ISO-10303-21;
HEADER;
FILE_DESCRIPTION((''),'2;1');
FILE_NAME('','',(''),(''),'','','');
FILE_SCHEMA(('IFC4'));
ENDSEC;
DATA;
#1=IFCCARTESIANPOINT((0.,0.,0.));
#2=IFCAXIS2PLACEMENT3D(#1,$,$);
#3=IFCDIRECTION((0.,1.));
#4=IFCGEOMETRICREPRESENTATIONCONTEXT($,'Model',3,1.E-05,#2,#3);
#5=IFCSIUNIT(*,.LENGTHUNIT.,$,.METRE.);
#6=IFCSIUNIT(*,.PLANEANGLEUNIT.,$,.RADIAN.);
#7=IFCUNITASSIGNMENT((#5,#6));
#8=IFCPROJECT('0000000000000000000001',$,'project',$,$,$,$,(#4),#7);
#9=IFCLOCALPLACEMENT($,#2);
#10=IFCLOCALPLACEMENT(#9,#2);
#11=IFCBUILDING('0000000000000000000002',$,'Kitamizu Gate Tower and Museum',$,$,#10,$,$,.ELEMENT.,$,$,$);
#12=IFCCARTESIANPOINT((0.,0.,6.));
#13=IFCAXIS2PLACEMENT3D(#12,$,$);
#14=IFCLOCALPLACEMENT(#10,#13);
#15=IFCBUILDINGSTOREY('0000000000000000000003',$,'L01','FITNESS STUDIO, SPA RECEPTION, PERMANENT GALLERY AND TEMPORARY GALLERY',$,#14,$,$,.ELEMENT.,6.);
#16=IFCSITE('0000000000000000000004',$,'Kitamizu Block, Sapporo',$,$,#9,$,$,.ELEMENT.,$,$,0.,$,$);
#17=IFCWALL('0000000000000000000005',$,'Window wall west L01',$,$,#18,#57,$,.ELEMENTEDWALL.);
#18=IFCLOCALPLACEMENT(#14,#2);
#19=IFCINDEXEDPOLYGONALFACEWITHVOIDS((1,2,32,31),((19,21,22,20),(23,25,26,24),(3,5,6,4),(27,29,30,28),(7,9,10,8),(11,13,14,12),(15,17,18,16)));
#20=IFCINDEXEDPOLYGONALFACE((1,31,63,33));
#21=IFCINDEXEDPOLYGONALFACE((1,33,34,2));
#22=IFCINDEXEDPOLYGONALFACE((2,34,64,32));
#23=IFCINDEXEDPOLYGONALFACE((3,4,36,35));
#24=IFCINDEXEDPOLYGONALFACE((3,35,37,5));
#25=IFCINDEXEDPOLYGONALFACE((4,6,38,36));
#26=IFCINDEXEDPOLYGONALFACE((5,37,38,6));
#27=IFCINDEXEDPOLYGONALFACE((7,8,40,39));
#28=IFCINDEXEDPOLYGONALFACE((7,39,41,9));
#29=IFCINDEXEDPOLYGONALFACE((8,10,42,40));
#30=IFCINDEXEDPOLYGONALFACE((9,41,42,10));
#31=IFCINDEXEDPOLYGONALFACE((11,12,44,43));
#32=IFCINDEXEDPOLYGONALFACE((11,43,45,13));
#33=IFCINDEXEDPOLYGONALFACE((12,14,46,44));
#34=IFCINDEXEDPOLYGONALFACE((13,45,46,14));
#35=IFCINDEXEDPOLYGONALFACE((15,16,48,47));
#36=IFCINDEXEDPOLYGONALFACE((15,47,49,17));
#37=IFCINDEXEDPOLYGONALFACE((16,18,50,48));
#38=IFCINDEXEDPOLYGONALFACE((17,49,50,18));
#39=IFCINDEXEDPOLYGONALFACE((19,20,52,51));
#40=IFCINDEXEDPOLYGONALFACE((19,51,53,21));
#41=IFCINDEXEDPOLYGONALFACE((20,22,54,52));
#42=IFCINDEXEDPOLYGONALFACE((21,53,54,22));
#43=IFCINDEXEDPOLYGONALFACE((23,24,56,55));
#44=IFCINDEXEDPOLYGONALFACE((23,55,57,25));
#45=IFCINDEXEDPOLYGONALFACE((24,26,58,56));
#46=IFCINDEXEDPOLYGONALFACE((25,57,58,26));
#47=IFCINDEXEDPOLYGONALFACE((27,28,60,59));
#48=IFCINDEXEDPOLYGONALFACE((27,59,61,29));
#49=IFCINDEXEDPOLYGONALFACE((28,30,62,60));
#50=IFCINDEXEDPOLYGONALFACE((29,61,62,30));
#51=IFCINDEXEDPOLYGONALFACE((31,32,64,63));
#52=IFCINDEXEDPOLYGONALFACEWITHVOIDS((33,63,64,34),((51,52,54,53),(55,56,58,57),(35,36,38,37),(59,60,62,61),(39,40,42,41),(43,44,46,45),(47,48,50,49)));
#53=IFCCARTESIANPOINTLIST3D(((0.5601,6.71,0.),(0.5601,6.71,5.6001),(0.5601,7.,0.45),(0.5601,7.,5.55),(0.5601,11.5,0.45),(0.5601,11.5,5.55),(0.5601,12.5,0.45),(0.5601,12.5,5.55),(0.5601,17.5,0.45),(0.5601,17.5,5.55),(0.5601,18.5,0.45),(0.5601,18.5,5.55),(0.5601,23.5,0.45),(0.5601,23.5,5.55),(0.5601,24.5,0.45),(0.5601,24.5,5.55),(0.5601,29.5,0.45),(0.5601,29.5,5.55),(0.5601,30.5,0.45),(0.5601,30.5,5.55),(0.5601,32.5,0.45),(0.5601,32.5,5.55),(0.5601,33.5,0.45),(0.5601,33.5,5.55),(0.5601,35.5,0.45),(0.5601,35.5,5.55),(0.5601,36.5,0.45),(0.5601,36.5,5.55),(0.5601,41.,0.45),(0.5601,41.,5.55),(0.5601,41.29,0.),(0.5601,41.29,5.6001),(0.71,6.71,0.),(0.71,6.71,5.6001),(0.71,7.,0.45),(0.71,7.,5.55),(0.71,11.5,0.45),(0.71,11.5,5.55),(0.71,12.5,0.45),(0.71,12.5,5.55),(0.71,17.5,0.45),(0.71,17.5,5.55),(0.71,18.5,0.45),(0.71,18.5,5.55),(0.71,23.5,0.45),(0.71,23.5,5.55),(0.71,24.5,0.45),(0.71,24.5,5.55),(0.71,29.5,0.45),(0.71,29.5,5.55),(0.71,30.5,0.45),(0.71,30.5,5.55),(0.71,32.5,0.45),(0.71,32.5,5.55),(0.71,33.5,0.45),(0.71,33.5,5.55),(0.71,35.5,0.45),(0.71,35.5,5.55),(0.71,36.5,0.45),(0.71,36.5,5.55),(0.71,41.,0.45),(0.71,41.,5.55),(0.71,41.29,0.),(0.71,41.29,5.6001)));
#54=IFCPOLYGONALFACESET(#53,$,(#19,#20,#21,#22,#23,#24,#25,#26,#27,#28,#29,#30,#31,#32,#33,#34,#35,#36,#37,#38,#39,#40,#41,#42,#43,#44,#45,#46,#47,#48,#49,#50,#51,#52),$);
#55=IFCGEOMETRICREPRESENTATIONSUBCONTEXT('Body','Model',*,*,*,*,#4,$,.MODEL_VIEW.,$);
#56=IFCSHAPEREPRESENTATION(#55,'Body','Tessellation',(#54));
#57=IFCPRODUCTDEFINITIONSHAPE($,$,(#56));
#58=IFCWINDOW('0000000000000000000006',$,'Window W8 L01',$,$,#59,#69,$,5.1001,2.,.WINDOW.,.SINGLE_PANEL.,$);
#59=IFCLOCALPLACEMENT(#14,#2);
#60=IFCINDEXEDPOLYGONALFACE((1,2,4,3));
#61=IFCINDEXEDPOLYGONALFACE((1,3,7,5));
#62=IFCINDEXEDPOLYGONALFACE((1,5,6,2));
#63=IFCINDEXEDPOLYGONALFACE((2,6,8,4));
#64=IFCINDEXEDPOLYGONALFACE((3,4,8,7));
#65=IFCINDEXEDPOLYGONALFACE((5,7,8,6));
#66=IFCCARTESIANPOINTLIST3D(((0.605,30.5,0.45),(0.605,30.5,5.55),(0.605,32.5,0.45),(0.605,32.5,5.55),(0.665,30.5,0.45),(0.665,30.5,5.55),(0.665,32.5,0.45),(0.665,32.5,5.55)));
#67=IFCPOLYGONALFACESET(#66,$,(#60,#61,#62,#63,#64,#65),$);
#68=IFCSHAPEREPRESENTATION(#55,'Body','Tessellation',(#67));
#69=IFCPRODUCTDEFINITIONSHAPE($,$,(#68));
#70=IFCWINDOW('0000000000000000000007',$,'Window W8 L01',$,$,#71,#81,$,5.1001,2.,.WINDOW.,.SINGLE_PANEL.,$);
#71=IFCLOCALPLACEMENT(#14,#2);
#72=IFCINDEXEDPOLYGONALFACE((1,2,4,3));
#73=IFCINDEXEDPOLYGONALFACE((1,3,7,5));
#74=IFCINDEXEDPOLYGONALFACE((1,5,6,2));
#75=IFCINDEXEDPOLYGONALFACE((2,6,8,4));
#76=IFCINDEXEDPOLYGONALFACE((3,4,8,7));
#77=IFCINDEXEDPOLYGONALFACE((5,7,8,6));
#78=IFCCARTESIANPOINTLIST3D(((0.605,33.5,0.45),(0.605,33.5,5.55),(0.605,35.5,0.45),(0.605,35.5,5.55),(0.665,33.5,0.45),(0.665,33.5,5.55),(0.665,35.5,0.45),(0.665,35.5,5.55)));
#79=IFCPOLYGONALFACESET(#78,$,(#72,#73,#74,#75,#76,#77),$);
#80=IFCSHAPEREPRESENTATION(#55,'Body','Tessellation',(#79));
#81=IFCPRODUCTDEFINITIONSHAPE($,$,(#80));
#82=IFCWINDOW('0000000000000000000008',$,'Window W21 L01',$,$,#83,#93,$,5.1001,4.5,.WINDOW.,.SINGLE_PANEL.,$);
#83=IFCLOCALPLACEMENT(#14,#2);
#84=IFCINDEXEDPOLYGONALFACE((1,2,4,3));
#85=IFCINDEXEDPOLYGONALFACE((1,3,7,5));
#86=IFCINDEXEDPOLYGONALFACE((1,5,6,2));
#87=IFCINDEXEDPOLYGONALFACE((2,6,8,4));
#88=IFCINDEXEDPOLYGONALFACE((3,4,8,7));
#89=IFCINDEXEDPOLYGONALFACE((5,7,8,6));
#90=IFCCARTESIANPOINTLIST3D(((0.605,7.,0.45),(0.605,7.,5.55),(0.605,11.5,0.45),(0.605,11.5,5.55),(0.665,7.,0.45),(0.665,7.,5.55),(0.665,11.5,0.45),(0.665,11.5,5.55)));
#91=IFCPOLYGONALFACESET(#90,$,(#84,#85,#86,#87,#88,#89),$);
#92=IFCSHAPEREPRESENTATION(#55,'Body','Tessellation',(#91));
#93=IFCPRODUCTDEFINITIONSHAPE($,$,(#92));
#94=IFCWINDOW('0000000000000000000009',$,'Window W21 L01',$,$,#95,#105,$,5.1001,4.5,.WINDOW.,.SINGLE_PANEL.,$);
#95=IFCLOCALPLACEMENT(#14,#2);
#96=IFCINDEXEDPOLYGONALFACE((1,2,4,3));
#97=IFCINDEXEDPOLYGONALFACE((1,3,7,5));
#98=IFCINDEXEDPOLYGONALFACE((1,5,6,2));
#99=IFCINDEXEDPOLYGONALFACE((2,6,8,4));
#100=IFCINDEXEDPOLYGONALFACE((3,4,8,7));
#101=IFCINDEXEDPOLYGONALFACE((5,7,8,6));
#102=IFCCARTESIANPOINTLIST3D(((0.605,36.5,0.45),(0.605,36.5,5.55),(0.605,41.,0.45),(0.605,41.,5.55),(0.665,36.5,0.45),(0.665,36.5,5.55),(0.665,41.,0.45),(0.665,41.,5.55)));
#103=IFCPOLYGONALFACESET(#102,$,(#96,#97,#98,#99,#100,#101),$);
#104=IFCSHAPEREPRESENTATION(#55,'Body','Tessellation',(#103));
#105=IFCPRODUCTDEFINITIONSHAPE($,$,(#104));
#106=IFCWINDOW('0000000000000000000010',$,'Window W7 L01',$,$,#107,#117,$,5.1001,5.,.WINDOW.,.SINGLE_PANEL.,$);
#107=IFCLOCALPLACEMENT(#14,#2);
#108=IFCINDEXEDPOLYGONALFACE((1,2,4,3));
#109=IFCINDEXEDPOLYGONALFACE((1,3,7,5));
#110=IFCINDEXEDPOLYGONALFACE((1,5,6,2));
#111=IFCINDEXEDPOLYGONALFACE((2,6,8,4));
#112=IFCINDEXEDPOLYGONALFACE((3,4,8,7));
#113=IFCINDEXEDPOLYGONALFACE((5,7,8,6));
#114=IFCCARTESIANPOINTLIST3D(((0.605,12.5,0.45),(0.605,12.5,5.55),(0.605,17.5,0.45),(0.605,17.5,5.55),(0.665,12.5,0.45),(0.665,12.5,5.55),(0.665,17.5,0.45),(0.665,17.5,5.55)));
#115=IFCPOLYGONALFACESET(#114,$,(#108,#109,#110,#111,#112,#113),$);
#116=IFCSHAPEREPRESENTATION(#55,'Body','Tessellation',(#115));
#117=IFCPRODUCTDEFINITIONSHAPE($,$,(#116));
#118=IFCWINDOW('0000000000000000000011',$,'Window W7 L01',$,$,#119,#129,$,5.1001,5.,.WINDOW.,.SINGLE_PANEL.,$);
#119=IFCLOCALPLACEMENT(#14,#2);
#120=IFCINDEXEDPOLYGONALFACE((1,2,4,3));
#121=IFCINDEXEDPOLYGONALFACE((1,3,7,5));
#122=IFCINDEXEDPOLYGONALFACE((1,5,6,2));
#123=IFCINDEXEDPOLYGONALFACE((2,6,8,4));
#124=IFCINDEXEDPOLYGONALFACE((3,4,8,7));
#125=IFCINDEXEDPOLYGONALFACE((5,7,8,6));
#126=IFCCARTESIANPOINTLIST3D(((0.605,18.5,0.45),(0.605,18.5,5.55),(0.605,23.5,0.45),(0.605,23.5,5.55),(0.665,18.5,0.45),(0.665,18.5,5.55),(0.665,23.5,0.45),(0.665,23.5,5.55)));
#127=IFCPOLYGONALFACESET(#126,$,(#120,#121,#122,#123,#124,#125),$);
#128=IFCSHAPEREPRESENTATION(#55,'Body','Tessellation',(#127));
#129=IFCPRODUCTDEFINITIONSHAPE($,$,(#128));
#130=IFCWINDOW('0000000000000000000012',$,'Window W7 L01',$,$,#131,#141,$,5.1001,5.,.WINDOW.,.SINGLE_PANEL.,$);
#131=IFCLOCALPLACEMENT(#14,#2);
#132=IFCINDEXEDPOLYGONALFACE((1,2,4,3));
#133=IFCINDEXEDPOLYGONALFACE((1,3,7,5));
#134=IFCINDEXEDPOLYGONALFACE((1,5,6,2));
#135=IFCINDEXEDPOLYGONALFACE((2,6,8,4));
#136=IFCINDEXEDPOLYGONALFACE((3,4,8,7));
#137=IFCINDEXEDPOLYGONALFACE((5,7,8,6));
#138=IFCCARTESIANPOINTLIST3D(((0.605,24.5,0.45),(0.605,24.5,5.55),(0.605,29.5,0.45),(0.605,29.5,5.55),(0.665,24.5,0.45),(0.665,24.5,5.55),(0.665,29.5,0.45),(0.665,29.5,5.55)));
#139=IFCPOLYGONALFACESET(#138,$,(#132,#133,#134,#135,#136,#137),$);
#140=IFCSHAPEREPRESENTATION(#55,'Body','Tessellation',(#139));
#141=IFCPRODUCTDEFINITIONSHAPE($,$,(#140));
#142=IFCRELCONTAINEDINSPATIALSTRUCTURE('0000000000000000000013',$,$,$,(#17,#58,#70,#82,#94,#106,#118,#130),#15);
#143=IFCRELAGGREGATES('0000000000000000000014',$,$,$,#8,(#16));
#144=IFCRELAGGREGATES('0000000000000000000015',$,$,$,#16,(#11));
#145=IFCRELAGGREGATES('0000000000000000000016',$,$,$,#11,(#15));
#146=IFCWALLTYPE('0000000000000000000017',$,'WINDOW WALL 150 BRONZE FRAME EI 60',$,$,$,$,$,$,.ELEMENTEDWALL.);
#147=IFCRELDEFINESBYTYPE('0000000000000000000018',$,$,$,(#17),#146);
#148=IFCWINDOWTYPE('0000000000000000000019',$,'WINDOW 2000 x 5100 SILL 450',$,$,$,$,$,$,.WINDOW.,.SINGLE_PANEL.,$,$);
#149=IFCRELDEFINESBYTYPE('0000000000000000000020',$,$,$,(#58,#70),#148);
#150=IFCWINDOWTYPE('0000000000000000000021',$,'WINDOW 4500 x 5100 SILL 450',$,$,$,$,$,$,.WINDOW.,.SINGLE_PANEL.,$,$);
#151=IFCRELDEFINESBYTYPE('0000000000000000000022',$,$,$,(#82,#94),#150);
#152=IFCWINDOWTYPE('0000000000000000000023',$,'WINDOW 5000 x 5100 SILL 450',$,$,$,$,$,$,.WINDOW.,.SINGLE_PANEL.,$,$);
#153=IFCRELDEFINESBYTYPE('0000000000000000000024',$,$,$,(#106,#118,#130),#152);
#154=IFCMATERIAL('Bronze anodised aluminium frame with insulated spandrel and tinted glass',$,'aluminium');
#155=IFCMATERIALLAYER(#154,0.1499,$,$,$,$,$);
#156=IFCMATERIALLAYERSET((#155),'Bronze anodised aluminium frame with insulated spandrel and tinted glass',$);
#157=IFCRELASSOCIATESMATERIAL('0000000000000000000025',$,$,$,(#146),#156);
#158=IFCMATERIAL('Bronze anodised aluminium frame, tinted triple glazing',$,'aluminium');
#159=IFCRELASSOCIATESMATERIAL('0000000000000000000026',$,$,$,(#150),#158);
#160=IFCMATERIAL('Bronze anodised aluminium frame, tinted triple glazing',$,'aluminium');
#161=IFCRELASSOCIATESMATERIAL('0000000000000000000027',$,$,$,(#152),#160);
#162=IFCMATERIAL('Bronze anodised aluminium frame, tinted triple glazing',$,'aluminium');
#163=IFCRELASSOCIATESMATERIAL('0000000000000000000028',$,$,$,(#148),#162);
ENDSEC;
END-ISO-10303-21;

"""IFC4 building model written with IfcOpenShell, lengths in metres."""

from ifc_helpers import new_model, si_unit, direction, frame, frame_2d, origin, place, context, subcontext, project, spatial, rectangle, extrude, material, layer, layer_set, type_object, element, fill, save


model = new_model("IFC4")

# Units and contexts
model_context = context("Model", 3, precision=1e-05, world=origin(), true_north=direction((0.0, 1.0)))
body_context = subcontext(model_context, "Body", "Model", "MODEL_VIEW")
ifc_project = project(units=[si_unit("LENGTHUNIT", "METRE"), si_unit("PLANEANGLEUNIT", "RADIAN")], contexts=[model_context])

# Site, building, storey
site_placement = place(None, origin())
site = spatial("IfcSite", under=ifc_project, at=site_placement, Name="Kitamizu Block, Sapporo", CompositionType="ELEMENT", RefElevation=0.0)
building_placement = place(site_placement, origin())
building = spatial("IfcBuilding", under=site, at=building_placement, Name="Kitamizu Gate Tower and Museum", CompositionType="ELEMENT")
storey_placement = place(building_placement, frame((0.0, 0.0, 6.0)))
storey = spatial("IfcBuildingStorey", under=building, at=storey_placement, Name="L01", Description="FITNESS STUDIO, SPA RECEPTION, PERMANENT GALLERY AND TEMPORARY GALLERY", CompositionType="ELEMENT", Elevation=6.0)

# Shared definitions
ifc_material_1 = material(Name="Bronze anodised aluminium frame with insulated spandrel and tinted glass", Category="aluminium")
ifc_layer_1 = layer(ifc_material_1, 0.1499)
ifc_layer_set_1 = layer_set([ifc_layer_1], Name="Bronze anodised aluminium frame with insulated spandrel and tinted glass")
wall_type = type_object("IfcWallType", Name="WINDOW WALL 150 BRONZE FRAME EI 60", PredefinedType="ELEMENTEDWALL", material=ifc_layer_set_1)

# Wall, openings, windows
ifc_material_2 = material(Name="Bronze anodised aluminium frame, tinted triple glazing", Category="aluminium")
window_type_1 = type_object("IfcWindowType", Name="WINDOW 4500 x 5100 SILL 450", PartitioningType="SINGLE_PANEL", PredefinedType="WINDOW", material=ifc_material_2)
ifc_material_3 = material(Name="Bronze anodised aluminium frame, tinted triple glazing", Category="aluminium")
window_type_2 = type_object("IfcWindowType", Name="WINDOW 5000 x 5100 SILL 450", PartitioningType="SINGLE_PANEL", PredefinedType="WINDOW", material=ifc_material_3)
wall_1_placement = place(storey_placement, frame((0.635, 6.71, 0.0), z_axis=(0.0, 0.0, 1.0), x_axis=(0.0, 1.0, 0.0)))
wall_1 = element("IfcWall", 1, at=wall_1_placement, inside=storey, type_object=wall_type, Name="Window wall west L01", PredefinedType="ELEMENTEDWALL", context=body_context, shape_type="SweptSolid", body=[
    extrude(rectangle(XDim=34.5801, YDim=0.1499, at=frame_2d((17.29, 0.0))), origin(), (0.0, 0.0, 1.0), 5.6001),
])
opening_1_placement = place(wall_1_placement, frame((0.29, 0.0, 0.45)))
opening_1 = element("IfcOpeningElement", 2, at=opening_1_placement, cuts=wall_1, PredefinedType="OPENING", context=body_context, shape_type="SweptSolid", body=[
    extrude(rectangle(XDim=4.5, YDim=5.1001, at=frame_2d((2.25, 2.55))), frame((0.0, 0.085, 0.0), z_axis=(0.0, -1.0, 0.0), x_axis=(1.0, 0.0, 0.0)), (0.0, 0.0, 1.0), 0.1699),
])
opening_2_placement = place(wall_1_placement, frame((5.79, 0.0, 0.45)))
opening_2 = element("IfcOpeningElement", 3, at=opening_2_placement, cuts=wall_1, PredefinedType="OPENING", context=body_context, shape_type="SweptSolid", body=[
    extrude(rectangle(XDim=5.0, YDim=5.1001, at=frame_2d((2.5, 2.55))), frame((0.0, 0.085, 0.0), z_axis=(0.0, -1.0, 0.0), x_axis=(1.0, 0.0, 0.0)), (0.0, 0.0, 1.0), 0.1699),
])
opening_3_placement = place(wall_1_placement, frame((11.79, 0.0, 0.45)))
opening_3 = element("IfcOpeningElement", 4, at=opening_3_placement, cuts=wall_1, PredefinedType="OPENING", context=body_context, shape_type="SweptSolid", body=[
    extrude(rectangle(XDim=5.0, YDim=5.1001, at=frame_2d((2.5, 2.55))), frame((0.0, 0.085, 0.0), z_axis=(0.0, -1.0, 0.0), x_axis=(1.0, 0.0, 0.0)), (0.0, 0.0, 1.0), 0.1699),
])
opening_4_placement = place(wall_1_placement, frame((17.79, 0.0, 0.45)))
opening_4 = element("IfcOpeningElement", 5, at=opening_4_placement, cuts=wall_1, PredefinedType="OPENING", context=body_context, shape_type="SweptSolid", body=[
    extrude(rectangle(XDim=5.0, YDim=5.1001, at=frame_2d((2.5, 2.55))), frame((0.0, 0.085, 0.0), z_axis=(0.0, -1.0, 0.0), x_axis=(1.0, 0.0, 0.0)), (0.0, 0.0, 1.0), 0.1699),
])
opening_5_placement = place(wall_1_placement, frame((23.79, 0.0, 0.45)))
opening_5 = element("IfcOpeningElement", 6, at=opening_5_placement, cuts=wall_1, PredefinedType="OPENING", context=body_context, shape_type="SweptSolid", body=[
    extrude(rectangle(XDim=2.0, YDim=5.1001, at=frame_2d((1.0, 2.55))), frame((0.0, 0.085, 0.0), z_axis=(0.0, -1.0, 0.0), x_axis=(1.0, 0.0, 0.0)), (0.0, 0.0, 1.0), 0.1699),
])
opening_6_placement = place(wall_1_placement, frame((26.79, 0.0, 0.45)))
opening_6 = element("IfcOpeningElement", 7, at=opening_6_placement, cuts=wall_1, PredefinedType="OPENING", context=body_context, shape_type="SweptSolid", body=[
    extrude(rectangle(XDim=2.0, YDim=5.1001, at=frame_2d((1.0, 2.55))), frame((0.0, 0.085, 0.0), z_axis=(0.0, -1.0, 0.0), x_axis=(1.0, 0.0, 0.0)), (0.0, 0.0, 1.0), 0.1699),
])
opening_7_placement = place(wall_1_placement, frame((29.79, 0.0, 0.45)))
opening_7 = element("IfcOpeningElement", 8, at=opening_7_placement, cuts=wall_1, PredefinedType="OPENING", context=body_context, shape_type="SweptSolid", body=[
    extrude(rectangle(XDim=4.5, YDim=5.1001, at=frame_2d((2.25, 2.55))), frame((0.0, 0.085, 0.0), z_axis=(0.0, -1.0, 0.0), x_axis=(1.0, 0.0, 0.0)), (0.0, 0.0, 1.0), 0.1699),
])
ifc_material_4 = material(Name="Bronze anodised aluminium frame, tinted triple glazing", Category="aluminium")
window_type_3 = type_object("IfcWindowType", Name="WINDOW 2000 x 5100 SILL 450", PartitioningType="SINGLE_PANEL", PredefinedType="WINDOW", material=ifc_material_4)
window_1_placement = place(opening_5_placement, origin())
window_1 = element("IfcWindow", 9, at=window_1_placement, inside=storey, type_object=window_type_3, Name="Window W8 L01", OverallHeight=5.1001, OverallWidth=2.0, PartitioningType="SINGLE_PANEL", PredefinedType="WINDOW", context=body_context, shape_type="SweptSolid", body=[
    extrude(rectangle(XDim=2.0, YDim=5.1001, at=frame_2d((1.0, 2.55))), frame((0.0, 0.03, 0.0), z_axis=(0.0, -1.0, 0.0), x_axis=(1.0, 0.0, 0.0)), (0.0, 0.0, 1.0), 0.0601),
])
fill(opening_5, window_1)
window_2_placement = place(opening_6_placement, origin())
window_2 = element("IfcWindow", 10, at=window_2_placement, inside=storey, type_object=window_type_3, Name="Window W8 L01", OverallHeight=5.1001, OverallWidth=2.0, PartitioningType="SINGLE_PANEL", PredefinedType="WINDOW", context=body_context, shape_type="SweptSolid", body=[
    extrude(rectangle(XDim=2.0, YDim=5.1001, at=frame_2d((1.0, 2.55))), frame((0.0, 0.03, 0.0), z_axis=(0.0, -1.0, 0.0), x_axis=(1.0, 0.0, 0.0)), (0.0, 0.0, 1.0), 0.0601),
])
fill(opening_6, window_2)
window_3_placement = place(opening_1_placement, origin())
window_3 = element("IfcWindow", 11, at=window_3_placement, inside=storey, type_object=window_type_1, Name="Window W21 L01", OverallHeight=5.1001, OverallWidth=4.5, PartitioningType="SINGLE_PANEL", PredefinedType="WINDOW", context=body_context, shape_type="SweptSolid", body=[
    extrude(rectangle(XDim=4.5, YDim=5.1001, at=frame_2d((2.25, 2.55))), frame((0.0, 0.03, 0.0), z_axis=(0.0, -1.0, 0.0), x_axis=(1.0, 0.0, 0.0)), (0.0, 0.0, 1.0), 0.0601),
])
fill(opening_1, window_3)
window_4_placement = place(opening_7_placement, origin())
window_4 = element("IfcWindow", 12, at=window_4_placement, inside=storey, type_object=window_type_1, Name="Window W21 L01", OverallHeight=5.1001, OverallWidth=4.5, PartitioningType="SINGLE_PANEL", PredefinedType="WINDOW", context=body_context, shape_type="SweptSolid", body=[
    extrude(rectangle(XDim=4.5, YDim=5.1001, at=frame_2d((2.25, 2.55))), frame((0.0, 0.03, 0.0), z_axis=(0.0, -1.0, 0.0), x_axis=(1.0, 0.0, 0.0)), (0.0, 0.0, 1.0), 0.0601),
])
fill(opening_7, window_4)
window_5_placement = place(opening_2_placement, origin())
window_5 = element("IfcWindow", 13, at=window_5_placement, inside=storey, type_object=window_type_2, Name="Window W7 L01", OverallHeight=5.1001, OverallWidth=5.0, PartitioningType="SINGLE_PANEL", PredefinedType="WINDOW", context=body_context, shape_type="SweptSolid", body=[
    extrude(rectangle(XDim=5.0, YDim=5.1001, at=frame_2d((2.5, 2.55))), frame((0.0, 0.03, 0.0), z_axis=(0.0, -1.0, 0.0), x_axis=(1.0, 0.0, 0.0)), (0.0, 0.0, 1.0), 0.0601),
])
fill(opening_2, window_5)
window_6_placement = place(opening_3_placement, origin())
window_6 = element("IfcWindow", 14, at=window_6_placement, inside=storey, type_object=window_type_2, Name="Window W7 L01", OverallHeight=5.1001, OverallWidth=5.0, PartitioningType="SINGLE_PANEL", PredefinedType="WINDOW", context=body_context, shape_type="SweptSolid", body=[
    extrude(rectangle(XDim=5.0, YDim=5.1001, at=frame_2d((2.5, 2.55))), frame((0.0, 0.03, 0.0), z_axis=(0.0, -1.0, 0.0), x_axis=(1.0, 0.0, 0.0)), (0.0, 0.0, 1.0), 0.0601),
])
fill(opening_3, window_6)
window_7_placement = place(opening_4_placement, origin())
window_7 = element("IfcWindow", 15, at=window_7_placement, inside=storey, type_object=window_type_2, Name="Window W7 L01", OverallHeight=5.1001, OverallWidth=5.0, PartitioningType="SINGLE_PANEL", PredefinedType="WINDOW", context=body_context, shape_type="SweptSolid", body=[
    extrude(rectangle(XDim=5.0, YDim=5.1001, at=frame_2d((2.5, 2.55))), frame((0.0, 0.03, 0.0), z_axis=(0.0, -1.0, 0.0), x_axis=(1.0, 0.0, 0.0)), (0.0, 0.0, 1.0), 0.0601),
])
fill(opening_4, window_7)

save(model, "model.ifc")
